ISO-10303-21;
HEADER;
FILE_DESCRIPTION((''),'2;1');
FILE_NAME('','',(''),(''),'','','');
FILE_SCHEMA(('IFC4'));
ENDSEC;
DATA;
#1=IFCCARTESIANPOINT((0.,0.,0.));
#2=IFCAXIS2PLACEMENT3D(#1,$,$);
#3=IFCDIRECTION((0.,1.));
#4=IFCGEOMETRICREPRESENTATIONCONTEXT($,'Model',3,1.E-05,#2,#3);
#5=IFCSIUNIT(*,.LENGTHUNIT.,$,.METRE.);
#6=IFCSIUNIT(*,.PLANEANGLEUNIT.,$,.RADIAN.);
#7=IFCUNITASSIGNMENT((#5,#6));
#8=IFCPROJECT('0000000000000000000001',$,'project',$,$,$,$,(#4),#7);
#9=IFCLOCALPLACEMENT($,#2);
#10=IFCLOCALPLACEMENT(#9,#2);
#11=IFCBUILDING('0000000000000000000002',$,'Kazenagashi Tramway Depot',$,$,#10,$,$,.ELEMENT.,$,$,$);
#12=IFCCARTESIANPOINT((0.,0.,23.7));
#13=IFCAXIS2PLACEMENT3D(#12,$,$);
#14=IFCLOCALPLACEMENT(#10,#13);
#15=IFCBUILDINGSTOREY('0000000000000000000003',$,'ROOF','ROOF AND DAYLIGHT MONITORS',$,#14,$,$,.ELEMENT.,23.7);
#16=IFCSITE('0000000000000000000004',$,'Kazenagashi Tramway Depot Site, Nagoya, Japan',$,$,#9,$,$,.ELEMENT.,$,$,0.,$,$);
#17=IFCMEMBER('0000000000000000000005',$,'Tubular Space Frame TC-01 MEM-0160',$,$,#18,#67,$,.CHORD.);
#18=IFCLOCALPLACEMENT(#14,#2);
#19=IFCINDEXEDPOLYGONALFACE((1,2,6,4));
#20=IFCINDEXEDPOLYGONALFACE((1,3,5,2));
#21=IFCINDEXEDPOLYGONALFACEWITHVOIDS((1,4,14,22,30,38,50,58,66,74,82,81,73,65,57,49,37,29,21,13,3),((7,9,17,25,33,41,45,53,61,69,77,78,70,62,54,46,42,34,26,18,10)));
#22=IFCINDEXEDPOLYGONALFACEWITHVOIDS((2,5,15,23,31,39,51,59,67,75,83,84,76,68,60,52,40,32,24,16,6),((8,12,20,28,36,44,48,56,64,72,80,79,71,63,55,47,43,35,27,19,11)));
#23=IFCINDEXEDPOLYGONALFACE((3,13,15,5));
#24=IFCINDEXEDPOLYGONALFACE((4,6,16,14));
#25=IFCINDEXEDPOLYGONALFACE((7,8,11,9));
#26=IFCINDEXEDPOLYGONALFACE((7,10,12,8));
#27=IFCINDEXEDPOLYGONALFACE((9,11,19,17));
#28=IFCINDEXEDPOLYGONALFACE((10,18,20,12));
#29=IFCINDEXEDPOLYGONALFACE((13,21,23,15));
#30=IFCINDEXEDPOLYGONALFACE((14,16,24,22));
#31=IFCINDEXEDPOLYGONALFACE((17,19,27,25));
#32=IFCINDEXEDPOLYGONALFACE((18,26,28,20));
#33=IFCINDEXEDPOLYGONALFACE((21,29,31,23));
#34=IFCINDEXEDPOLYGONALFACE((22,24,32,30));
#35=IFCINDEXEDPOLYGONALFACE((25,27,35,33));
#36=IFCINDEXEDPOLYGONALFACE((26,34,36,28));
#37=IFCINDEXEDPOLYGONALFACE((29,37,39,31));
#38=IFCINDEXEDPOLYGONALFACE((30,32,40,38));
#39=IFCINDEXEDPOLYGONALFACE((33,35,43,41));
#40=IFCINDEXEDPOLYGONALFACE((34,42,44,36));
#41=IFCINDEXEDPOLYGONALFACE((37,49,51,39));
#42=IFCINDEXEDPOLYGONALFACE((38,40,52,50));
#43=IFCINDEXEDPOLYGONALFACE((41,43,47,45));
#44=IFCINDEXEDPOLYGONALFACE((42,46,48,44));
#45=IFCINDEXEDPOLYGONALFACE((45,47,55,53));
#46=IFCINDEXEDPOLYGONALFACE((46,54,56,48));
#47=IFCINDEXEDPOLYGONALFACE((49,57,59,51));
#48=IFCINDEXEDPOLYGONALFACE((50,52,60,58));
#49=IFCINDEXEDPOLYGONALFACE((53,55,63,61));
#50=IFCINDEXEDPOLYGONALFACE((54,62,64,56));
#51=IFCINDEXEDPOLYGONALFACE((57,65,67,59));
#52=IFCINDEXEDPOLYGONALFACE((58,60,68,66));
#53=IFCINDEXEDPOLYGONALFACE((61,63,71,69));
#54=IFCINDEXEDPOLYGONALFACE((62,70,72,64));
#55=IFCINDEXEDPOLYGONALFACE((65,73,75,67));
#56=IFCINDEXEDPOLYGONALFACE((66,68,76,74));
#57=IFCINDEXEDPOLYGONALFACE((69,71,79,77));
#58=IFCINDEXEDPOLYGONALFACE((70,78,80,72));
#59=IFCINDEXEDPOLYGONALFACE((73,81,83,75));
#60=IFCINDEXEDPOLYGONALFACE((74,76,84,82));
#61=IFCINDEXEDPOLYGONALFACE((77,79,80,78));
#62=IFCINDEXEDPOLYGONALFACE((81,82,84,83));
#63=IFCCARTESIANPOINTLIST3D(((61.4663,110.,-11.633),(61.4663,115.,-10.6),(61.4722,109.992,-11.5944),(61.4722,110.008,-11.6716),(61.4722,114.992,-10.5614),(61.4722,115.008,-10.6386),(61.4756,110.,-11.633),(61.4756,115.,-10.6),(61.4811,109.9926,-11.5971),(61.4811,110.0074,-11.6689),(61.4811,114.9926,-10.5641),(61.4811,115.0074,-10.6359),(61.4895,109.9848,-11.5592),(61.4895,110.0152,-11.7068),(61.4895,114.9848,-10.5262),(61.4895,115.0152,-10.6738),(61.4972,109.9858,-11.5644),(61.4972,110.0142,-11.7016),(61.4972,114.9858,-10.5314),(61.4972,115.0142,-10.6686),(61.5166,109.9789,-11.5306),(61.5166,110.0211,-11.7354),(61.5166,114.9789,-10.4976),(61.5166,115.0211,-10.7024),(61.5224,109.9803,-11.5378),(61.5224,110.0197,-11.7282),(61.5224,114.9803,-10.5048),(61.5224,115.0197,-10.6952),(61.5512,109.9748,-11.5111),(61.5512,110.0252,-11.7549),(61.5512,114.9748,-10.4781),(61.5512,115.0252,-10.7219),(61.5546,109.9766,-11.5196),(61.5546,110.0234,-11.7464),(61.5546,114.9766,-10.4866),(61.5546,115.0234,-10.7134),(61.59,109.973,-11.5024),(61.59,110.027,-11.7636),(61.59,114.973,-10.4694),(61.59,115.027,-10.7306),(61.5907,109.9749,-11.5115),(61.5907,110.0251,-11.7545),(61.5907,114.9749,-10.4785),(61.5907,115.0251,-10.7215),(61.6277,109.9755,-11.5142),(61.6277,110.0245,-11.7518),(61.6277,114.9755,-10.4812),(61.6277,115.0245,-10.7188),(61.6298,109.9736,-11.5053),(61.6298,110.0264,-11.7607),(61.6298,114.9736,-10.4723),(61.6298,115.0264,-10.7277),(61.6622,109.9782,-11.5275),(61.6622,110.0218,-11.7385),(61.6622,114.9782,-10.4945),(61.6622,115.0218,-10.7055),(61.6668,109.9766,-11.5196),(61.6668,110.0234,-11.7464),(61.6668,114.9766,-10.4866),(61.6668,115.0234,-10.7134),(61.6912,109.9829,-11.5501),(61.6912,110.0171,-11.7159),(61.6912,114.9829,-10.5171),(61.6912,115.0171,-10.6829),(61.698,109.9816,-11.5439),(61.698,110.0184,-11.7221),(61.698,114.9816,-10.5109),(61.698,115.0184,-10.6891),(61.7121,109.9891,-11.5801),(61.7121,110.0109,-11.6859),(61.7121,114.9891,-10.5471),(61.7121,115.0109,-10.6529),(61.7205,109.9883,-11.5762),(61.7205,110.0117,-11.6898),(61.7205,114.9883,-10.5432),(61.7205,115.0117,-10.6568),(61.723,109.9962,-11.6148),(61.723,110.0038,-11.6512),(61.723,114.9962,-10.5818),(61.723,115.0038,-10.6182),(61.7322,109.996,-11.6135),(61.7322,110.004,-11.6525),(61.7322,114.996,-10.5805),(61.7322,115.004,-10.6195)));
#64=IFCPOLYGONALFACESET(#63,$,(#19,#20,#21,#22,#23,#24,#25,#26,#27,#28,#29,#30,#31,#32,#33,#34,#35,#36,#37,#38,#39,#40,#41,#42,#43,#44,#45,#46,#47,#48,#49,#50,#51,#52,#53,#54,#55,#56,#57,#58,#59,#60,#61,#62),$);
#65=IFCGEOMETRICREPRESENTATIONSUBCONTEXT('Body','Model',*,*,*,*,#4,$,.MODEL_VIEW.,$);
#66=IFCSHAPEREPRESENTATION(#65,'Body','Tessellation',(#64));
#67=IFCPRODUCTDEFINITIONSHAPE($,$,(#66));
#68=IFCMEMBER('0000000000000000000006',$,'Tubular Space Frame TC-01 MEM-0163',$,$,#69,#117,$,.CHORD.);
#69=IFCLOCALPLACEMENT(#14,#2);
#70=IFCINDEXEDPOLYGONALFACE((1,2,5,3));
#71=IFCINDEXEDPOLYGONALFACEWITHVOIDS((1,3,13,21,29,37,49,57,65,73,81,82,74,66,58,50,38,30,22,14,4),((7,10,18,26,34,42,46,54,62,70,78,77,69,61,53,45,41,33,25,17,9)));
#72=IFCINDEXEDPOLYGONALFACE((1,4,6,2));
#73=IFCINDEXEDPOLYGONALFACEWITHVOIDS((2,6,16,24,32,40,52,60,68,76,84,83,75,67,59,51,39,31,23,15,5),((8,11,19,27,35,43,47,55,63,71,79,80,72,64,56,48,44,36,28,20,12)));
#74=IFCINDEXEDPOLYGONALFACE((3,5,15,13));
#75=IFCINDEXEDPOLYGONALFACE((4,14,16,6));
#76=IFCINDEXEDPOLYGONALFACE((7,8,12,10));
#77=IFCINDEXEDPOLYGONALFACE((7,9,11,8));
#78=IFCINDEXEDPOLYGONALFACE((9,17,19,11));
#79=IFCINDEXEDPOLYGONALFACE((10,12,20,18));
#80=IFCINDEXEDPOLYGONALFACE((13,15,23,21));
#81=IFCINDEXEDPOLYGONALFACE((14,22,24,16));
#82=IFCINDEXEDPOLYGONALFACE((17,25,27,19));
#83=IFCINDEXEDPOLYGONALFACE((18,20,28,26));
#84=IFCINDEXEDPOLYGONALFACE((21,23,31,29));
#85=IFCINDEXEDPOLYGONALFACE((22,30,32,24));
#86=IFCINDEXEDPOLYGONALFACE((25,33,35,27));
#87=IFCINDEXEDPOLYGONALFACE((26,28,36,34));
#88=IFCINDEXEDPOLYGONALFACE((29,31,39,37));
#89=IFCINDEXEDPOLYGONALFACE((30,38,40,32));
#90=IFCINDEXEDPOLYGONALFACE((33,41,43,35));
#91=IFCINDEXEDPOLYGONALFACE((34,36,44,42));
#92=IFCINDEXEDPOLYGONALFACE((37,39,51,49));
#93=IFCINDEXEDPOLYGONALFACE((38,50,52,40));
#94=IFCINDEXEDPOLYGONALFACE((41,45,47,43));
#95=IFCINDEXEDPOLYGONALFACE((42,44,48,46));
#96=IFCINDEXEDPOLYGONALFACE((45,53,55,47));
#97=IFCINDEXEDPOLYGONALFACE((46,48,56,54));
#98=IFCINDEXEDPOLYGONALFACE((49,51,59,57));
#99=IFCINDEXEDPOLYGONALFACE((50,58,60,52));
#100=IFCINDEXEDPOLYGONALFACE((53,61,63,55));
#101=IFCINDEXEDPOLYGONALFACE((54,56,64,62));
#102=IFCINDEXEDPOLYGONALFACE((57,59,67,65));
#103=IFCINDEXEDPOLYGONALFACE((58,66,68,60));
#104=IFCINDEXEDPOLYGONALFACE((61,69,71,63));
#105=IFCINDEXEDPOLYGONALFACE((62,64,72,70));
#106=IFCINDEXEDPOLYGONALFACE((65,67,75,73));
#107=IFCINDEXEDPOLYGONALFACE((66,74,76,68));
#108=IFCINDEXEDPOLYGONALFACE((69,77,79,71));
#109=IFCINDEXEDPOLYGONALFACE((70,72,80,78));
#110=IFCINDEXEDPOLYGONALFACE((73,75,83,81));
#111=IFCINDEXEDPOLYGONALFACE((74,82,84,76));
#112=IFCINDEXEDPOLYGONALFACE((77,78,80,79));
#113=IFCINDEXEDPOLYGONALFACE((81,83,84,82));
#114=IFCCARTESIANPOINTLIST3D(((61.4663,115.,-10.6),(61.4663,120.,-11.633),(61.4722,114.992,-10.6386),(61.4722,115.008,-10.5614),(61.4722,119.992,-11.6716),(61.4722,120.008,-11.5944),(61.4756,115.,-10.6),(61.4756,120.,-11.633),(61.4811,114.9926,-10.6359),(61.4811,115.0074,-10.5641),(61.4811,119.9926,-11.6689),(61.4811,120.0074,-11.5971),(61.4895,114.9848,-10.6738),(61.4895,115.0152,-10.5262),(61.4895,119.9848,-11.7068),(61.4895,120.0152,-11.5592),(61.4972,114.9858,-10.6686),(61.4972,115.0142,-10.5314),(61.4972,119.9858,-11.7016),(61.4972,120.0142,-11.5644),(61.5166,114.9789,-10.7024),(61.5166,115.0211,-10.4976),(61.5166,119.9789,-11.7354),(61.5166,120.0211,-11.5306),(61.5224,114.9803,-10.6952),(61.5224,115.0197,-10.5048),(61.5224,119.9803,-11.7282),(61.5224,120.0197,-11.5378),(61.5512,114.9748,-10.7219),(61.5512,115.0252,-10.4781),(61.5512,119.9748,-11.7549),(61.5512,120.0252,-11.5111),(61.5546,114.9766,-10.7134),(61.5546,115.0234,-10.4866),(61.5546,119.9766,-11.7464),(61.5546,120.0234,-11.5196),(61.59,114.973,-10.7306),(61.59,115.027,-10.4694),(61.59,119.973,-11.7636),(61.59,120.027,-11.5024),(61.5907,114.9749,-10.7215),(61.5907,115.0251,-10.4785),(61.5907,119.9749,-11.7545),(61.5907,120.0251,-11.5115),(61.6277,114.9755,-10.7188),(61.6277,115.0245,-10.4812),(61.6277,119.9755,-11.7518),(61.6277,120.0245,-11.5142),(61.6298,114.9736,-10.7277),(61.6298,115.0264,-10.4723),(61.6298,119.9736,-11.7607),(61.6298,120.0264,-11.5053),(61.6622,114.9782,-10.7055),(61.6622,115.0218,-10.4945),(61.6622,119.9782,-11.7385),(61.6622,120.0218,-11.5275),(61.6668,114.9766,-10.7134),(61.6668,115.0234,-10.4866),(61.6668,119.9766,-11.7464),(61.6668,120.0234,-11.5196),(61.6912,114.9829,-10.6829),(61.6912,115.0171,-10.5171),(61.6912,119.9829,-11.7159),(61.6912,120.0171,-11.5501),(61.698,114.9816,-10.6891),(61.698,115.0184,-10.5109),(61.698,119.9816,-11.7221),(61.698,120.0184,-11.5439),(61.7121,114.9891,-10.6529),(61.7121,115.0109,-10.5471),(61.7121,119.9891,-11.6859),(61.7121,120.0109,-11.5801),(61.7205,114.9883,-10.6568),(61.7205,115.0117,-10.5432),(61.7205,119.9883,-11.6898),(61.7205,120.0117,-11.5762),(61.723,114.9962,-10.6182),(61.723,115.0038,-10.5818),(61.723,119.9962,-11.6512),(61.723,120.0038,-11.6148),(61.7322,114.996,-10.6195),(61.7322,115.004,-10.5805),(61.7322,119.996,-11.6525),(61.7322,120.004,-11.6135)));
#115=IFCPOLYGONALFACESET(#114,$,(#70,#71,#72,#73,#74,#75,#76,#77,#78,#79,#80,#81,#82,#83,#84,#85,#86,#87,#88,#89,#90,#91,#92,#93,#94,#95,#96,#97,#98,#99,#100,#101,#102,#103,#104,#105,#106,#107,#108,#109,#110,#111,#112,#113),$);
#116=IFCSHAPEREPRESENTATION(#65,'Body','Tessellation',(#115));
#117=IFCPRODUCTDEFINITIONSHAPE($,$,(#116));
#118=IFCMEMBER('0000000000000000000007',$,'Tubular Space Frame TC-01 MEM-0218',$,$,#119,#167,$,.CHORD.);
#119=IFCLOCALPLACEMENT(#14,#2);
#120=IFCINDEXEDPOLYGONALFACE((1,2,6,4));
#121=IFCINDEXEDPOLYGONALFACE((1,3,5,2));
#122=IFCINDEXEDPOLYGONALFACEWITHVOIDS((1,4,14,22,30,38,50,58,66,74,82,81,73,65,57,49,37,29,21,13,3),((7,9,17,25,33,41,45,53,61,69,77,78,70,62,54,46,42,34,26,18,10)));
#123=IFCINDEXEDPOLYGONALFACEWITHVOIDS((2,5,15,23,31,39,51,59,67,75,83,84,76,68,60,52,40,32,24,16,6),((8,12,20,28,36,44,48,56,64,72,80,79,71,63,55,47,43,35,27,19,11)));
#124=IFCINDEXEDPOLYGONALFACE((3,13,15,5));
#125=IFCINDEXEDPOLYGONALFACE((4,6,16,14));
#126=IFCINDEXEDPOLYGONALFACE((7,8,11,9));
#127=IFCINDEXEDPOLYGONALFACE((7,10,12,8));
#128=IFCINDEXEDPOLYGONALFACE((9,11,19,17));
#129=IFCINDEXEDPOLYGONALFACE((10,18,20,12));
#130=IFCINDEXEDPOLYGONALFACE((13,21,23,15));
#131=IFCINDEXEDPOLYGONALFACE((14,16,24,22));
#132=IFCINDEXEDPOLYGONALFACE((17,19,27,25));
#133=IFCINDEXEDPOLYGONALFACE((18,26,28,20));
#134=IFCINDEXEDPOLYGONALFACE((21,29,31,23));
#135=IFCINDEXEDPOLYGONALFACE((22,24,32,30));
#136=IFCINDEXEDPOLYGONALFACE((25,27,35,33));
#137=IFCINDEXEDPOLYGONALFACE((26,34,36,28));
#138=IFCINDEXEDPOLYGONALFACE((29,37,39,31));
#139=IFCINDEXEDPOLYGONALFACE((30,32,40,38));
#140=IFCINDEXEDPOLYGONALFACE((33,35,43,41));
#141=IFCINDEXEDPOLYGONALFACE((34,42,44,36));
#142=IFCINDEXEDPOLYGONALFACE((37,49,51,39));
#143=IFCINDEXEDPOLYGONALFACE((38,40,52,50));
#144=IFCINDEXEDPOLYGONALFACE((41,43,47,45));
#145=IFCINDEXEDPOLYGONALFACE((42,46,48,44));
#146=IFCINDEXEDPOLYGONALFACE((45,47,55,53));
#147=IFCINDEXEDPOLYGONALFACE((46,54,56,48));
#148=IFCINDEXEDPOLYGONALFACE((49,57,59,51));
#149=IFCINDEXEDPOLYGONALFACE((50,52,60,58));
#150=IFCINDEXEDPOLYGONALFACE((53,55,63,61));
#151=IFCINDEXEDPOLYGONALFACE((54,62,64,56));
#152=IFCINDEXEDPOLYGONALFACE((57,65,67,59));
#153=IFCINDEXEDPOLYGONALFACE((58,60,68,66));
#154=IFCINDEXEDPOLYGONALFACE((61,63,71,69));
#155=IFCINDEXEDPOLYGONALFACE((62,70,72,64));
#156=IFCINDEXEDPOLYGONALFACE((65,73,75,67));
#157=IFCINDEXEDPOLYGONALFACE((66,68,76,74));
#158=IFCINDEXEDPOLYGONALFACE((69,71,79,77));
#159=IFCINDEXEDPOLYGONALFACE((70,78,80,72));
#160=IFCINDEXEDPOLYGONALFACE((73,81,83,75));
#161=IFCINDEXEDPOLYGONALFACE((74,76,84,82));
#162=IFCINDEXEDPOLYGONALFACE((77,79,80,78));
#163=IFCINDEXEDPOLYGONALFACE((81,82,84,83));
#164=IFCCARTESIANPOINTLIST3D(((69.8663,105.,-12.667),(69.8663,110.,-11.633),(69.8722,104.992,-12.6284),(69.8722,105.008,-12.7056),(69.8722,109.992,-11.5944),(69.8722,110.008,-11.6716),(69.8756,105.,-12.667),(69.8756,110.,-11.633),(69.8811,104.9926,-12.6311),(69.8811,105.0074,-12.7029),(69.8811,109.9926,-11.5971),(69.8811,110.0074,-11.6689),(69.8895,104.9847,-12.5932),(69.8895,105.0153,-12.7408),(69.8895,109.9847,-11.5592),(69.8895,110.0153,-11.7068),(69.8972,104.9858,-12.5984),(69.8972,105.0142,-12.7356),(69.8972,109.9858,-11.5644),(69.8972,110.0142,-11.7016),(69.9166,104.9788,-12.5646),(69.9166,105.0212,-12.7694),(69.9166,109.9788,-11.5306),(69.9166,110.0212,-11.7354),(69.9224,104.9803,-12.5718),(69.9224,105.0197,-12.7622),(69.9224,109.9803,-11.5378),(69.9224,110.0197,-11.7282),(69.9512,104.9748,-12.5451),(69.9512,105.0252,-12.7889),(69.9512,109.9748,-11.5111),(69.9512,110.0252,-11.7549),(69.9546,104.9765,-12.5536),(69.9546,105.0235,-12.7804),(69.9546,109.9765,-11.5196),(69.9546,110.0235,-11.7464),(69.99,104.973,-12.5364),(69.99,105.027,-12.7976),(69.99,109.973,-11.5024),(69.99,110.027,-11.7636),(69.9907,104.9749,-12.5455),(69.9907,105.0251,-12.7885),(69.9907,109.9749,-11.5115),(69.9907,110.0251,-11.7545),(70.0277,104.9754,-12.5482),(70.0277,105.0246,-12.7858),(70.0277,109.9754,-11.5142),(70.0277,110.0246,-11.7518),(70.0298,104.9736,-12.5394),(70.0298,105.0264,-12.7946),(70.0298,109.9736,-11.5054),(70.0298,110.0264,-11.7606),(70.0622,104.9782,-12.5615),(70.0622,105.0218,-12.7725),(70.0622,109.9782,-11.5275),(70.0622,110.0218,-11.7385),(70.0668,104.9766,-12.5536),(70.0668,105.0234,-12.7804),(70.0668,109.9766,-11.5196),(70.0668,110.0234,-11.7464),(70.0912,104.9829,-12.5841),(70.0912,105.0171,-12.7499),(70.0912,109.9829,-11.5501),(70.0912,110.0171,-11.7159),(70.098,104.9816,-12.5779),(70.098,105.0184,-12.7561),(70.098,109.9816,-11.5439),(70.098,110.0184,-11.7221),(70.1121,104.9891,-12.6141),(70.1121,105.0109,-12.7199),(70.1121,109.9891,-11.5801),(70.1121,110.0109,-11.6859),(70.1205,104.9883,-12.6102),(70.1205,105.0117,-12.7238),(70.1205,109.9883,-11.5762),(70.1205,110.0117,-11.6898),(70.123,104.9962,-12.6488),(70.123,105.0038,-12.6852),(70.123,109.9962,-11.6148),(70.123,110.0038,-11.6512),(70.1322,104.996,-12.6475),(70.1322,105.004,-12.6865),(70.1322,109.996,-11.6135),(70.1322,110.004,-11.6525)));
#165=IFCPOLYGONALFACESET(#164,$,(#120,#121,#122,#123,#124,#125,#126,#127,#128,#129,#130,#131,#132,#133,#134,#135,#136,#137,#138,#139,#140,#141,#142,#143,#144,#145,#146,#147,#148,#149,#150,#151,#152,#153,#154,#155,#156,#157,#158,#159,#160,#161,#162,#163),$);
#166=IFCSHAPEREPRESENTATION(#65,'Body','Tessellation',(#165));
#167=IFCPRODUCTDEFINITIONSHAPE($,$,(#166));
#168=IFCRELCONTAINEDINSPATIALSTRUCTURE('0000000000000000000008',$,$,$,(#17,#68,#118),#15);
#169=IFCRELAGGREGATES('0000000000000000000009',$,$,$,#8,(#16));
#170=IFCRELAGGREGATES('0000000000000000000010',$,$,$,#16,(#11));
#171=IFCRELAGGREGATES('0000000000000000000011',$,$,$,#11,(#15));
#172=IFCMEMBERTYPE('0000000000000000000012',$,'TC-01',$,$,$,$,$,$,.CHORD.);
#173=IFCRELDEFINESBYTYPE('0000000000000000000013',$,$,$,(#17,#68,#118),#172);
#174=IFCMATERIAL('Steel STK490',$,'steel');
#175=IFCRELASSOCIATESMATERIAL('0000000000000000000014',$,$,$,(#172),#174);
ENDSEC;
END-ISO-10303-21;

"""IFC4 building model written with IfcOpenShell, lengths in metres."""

from ifc_helpers import new_model, si_unit, direction, frame, origin, origin_2d, place, context, subcontext, project, spatial, hollow_circle, extrude, material, material_profile, profile_set, type_object, element, save


model = new_model("IFC4")

# Units and contexts
model_context = context("Model", 3, precision=1e-05, world=origin(), true_north=direction((0.0, 1.0)))
body_context = subcontext(model_context, "Body", "Model", "MODEL_VIEW")
ifc_project = project(units=[si_unit("LENGTHUNIT", "METRE"), si_unit("PLANEANGLEUNIT", "RADIAN")], contexts=[model_context])

# Site, building, storey
site_placement = place(None, origin())
site = spatial("IfcSite", under=ifc_project, at=site_placement, Name="Kazenagashi Tramway Depot Site, Nagoya, Japan", CompositionType="ELEMENT", RefElevation=0.0)
building_placement = place(site_placement, origin())
building = spatial("IfcBuilding", under=site, at=building_placement, Name="Kazenagashi Tramway Depot", CompositionType="ELEMENT")
storey_placement = place(building_placement, frame((0.0, 0.0, 23.7)))
storey = spatial("IfcBuildingStorey", under=building, at=storey_placement, Name="ROOF", Description="ROOF AND DAYLIGHT MONITORS", CompositionType="ELEMENT", Elevation=23.7)

# Members
ifc_material_1 = material(Name="Steel STK490", Category="steel")
ifc_material_profile_1 = material_profile(ifc_material_1, hollow_circle(Radius=0.1337, WallThickness=0.0093, at=origin_2d()), Name="CHS-267.4x9.3")
ifc_profile_set_1 = profile_set([ifc_material_profile_1], Name="Steel STK490")
member_type_1 = type_object("IfcMemberType", Name="TC-01", PredefinedType="CHORD", material=ifc_profile_set_1)
for number, where, z_axis, x_axis, name in (
    (1, (61.6, 110.0, -11.633), (0.0, 0.979318, 0.202327), (-1.0, 0.0, 0.0), "Tubular Space Frame TC-01 MEM-0160"),
    (2, (61.6, 115.0, -10.6), (0.0, 0.979318, -0.202327), (-1.0, 0.0, 0.0), "Tubular Space Frame TC-01 MEM-0163"),
):
    element("IfcMember", number, at=place(storey_placement, frame(where, z_axis=z_axis, x_axis=x_axis)), inside=storey, type_object=member_type_1, Name=name, PredefinedType="CHORD", context=body_context, shape_type="SweptSolid", body=[
        extrude(hollow_circle(Radius=0.1337, WallThickness=0.0093, at=origin_2d()), origin(), (0.0, 0.0, 1.0), 5.1056),
    ])
member_1_placement = place(storey_placement, frame((70.0, 105.0, -12.667), z_axis=(0.0, 0.979279, 0.202515), x_axis=(-1.0, 0.0, 0.0)))
element("IfcMember", 3, at=member_1_placement, inside=storey, type_object=member_type_1, Name="Tubular Space Frame TC-01 MEM-0218", PredefinedType="CHORD", context=body_context, shape_type="SweptSolid", body=[
    extrude(hollow_circle(Radius=0.1337, WallThickness=0.0093, at=origin_2d()), origin(), (0.0, 0.0, 1.0), 5.1058),
])

save(model, "model.ifc")
